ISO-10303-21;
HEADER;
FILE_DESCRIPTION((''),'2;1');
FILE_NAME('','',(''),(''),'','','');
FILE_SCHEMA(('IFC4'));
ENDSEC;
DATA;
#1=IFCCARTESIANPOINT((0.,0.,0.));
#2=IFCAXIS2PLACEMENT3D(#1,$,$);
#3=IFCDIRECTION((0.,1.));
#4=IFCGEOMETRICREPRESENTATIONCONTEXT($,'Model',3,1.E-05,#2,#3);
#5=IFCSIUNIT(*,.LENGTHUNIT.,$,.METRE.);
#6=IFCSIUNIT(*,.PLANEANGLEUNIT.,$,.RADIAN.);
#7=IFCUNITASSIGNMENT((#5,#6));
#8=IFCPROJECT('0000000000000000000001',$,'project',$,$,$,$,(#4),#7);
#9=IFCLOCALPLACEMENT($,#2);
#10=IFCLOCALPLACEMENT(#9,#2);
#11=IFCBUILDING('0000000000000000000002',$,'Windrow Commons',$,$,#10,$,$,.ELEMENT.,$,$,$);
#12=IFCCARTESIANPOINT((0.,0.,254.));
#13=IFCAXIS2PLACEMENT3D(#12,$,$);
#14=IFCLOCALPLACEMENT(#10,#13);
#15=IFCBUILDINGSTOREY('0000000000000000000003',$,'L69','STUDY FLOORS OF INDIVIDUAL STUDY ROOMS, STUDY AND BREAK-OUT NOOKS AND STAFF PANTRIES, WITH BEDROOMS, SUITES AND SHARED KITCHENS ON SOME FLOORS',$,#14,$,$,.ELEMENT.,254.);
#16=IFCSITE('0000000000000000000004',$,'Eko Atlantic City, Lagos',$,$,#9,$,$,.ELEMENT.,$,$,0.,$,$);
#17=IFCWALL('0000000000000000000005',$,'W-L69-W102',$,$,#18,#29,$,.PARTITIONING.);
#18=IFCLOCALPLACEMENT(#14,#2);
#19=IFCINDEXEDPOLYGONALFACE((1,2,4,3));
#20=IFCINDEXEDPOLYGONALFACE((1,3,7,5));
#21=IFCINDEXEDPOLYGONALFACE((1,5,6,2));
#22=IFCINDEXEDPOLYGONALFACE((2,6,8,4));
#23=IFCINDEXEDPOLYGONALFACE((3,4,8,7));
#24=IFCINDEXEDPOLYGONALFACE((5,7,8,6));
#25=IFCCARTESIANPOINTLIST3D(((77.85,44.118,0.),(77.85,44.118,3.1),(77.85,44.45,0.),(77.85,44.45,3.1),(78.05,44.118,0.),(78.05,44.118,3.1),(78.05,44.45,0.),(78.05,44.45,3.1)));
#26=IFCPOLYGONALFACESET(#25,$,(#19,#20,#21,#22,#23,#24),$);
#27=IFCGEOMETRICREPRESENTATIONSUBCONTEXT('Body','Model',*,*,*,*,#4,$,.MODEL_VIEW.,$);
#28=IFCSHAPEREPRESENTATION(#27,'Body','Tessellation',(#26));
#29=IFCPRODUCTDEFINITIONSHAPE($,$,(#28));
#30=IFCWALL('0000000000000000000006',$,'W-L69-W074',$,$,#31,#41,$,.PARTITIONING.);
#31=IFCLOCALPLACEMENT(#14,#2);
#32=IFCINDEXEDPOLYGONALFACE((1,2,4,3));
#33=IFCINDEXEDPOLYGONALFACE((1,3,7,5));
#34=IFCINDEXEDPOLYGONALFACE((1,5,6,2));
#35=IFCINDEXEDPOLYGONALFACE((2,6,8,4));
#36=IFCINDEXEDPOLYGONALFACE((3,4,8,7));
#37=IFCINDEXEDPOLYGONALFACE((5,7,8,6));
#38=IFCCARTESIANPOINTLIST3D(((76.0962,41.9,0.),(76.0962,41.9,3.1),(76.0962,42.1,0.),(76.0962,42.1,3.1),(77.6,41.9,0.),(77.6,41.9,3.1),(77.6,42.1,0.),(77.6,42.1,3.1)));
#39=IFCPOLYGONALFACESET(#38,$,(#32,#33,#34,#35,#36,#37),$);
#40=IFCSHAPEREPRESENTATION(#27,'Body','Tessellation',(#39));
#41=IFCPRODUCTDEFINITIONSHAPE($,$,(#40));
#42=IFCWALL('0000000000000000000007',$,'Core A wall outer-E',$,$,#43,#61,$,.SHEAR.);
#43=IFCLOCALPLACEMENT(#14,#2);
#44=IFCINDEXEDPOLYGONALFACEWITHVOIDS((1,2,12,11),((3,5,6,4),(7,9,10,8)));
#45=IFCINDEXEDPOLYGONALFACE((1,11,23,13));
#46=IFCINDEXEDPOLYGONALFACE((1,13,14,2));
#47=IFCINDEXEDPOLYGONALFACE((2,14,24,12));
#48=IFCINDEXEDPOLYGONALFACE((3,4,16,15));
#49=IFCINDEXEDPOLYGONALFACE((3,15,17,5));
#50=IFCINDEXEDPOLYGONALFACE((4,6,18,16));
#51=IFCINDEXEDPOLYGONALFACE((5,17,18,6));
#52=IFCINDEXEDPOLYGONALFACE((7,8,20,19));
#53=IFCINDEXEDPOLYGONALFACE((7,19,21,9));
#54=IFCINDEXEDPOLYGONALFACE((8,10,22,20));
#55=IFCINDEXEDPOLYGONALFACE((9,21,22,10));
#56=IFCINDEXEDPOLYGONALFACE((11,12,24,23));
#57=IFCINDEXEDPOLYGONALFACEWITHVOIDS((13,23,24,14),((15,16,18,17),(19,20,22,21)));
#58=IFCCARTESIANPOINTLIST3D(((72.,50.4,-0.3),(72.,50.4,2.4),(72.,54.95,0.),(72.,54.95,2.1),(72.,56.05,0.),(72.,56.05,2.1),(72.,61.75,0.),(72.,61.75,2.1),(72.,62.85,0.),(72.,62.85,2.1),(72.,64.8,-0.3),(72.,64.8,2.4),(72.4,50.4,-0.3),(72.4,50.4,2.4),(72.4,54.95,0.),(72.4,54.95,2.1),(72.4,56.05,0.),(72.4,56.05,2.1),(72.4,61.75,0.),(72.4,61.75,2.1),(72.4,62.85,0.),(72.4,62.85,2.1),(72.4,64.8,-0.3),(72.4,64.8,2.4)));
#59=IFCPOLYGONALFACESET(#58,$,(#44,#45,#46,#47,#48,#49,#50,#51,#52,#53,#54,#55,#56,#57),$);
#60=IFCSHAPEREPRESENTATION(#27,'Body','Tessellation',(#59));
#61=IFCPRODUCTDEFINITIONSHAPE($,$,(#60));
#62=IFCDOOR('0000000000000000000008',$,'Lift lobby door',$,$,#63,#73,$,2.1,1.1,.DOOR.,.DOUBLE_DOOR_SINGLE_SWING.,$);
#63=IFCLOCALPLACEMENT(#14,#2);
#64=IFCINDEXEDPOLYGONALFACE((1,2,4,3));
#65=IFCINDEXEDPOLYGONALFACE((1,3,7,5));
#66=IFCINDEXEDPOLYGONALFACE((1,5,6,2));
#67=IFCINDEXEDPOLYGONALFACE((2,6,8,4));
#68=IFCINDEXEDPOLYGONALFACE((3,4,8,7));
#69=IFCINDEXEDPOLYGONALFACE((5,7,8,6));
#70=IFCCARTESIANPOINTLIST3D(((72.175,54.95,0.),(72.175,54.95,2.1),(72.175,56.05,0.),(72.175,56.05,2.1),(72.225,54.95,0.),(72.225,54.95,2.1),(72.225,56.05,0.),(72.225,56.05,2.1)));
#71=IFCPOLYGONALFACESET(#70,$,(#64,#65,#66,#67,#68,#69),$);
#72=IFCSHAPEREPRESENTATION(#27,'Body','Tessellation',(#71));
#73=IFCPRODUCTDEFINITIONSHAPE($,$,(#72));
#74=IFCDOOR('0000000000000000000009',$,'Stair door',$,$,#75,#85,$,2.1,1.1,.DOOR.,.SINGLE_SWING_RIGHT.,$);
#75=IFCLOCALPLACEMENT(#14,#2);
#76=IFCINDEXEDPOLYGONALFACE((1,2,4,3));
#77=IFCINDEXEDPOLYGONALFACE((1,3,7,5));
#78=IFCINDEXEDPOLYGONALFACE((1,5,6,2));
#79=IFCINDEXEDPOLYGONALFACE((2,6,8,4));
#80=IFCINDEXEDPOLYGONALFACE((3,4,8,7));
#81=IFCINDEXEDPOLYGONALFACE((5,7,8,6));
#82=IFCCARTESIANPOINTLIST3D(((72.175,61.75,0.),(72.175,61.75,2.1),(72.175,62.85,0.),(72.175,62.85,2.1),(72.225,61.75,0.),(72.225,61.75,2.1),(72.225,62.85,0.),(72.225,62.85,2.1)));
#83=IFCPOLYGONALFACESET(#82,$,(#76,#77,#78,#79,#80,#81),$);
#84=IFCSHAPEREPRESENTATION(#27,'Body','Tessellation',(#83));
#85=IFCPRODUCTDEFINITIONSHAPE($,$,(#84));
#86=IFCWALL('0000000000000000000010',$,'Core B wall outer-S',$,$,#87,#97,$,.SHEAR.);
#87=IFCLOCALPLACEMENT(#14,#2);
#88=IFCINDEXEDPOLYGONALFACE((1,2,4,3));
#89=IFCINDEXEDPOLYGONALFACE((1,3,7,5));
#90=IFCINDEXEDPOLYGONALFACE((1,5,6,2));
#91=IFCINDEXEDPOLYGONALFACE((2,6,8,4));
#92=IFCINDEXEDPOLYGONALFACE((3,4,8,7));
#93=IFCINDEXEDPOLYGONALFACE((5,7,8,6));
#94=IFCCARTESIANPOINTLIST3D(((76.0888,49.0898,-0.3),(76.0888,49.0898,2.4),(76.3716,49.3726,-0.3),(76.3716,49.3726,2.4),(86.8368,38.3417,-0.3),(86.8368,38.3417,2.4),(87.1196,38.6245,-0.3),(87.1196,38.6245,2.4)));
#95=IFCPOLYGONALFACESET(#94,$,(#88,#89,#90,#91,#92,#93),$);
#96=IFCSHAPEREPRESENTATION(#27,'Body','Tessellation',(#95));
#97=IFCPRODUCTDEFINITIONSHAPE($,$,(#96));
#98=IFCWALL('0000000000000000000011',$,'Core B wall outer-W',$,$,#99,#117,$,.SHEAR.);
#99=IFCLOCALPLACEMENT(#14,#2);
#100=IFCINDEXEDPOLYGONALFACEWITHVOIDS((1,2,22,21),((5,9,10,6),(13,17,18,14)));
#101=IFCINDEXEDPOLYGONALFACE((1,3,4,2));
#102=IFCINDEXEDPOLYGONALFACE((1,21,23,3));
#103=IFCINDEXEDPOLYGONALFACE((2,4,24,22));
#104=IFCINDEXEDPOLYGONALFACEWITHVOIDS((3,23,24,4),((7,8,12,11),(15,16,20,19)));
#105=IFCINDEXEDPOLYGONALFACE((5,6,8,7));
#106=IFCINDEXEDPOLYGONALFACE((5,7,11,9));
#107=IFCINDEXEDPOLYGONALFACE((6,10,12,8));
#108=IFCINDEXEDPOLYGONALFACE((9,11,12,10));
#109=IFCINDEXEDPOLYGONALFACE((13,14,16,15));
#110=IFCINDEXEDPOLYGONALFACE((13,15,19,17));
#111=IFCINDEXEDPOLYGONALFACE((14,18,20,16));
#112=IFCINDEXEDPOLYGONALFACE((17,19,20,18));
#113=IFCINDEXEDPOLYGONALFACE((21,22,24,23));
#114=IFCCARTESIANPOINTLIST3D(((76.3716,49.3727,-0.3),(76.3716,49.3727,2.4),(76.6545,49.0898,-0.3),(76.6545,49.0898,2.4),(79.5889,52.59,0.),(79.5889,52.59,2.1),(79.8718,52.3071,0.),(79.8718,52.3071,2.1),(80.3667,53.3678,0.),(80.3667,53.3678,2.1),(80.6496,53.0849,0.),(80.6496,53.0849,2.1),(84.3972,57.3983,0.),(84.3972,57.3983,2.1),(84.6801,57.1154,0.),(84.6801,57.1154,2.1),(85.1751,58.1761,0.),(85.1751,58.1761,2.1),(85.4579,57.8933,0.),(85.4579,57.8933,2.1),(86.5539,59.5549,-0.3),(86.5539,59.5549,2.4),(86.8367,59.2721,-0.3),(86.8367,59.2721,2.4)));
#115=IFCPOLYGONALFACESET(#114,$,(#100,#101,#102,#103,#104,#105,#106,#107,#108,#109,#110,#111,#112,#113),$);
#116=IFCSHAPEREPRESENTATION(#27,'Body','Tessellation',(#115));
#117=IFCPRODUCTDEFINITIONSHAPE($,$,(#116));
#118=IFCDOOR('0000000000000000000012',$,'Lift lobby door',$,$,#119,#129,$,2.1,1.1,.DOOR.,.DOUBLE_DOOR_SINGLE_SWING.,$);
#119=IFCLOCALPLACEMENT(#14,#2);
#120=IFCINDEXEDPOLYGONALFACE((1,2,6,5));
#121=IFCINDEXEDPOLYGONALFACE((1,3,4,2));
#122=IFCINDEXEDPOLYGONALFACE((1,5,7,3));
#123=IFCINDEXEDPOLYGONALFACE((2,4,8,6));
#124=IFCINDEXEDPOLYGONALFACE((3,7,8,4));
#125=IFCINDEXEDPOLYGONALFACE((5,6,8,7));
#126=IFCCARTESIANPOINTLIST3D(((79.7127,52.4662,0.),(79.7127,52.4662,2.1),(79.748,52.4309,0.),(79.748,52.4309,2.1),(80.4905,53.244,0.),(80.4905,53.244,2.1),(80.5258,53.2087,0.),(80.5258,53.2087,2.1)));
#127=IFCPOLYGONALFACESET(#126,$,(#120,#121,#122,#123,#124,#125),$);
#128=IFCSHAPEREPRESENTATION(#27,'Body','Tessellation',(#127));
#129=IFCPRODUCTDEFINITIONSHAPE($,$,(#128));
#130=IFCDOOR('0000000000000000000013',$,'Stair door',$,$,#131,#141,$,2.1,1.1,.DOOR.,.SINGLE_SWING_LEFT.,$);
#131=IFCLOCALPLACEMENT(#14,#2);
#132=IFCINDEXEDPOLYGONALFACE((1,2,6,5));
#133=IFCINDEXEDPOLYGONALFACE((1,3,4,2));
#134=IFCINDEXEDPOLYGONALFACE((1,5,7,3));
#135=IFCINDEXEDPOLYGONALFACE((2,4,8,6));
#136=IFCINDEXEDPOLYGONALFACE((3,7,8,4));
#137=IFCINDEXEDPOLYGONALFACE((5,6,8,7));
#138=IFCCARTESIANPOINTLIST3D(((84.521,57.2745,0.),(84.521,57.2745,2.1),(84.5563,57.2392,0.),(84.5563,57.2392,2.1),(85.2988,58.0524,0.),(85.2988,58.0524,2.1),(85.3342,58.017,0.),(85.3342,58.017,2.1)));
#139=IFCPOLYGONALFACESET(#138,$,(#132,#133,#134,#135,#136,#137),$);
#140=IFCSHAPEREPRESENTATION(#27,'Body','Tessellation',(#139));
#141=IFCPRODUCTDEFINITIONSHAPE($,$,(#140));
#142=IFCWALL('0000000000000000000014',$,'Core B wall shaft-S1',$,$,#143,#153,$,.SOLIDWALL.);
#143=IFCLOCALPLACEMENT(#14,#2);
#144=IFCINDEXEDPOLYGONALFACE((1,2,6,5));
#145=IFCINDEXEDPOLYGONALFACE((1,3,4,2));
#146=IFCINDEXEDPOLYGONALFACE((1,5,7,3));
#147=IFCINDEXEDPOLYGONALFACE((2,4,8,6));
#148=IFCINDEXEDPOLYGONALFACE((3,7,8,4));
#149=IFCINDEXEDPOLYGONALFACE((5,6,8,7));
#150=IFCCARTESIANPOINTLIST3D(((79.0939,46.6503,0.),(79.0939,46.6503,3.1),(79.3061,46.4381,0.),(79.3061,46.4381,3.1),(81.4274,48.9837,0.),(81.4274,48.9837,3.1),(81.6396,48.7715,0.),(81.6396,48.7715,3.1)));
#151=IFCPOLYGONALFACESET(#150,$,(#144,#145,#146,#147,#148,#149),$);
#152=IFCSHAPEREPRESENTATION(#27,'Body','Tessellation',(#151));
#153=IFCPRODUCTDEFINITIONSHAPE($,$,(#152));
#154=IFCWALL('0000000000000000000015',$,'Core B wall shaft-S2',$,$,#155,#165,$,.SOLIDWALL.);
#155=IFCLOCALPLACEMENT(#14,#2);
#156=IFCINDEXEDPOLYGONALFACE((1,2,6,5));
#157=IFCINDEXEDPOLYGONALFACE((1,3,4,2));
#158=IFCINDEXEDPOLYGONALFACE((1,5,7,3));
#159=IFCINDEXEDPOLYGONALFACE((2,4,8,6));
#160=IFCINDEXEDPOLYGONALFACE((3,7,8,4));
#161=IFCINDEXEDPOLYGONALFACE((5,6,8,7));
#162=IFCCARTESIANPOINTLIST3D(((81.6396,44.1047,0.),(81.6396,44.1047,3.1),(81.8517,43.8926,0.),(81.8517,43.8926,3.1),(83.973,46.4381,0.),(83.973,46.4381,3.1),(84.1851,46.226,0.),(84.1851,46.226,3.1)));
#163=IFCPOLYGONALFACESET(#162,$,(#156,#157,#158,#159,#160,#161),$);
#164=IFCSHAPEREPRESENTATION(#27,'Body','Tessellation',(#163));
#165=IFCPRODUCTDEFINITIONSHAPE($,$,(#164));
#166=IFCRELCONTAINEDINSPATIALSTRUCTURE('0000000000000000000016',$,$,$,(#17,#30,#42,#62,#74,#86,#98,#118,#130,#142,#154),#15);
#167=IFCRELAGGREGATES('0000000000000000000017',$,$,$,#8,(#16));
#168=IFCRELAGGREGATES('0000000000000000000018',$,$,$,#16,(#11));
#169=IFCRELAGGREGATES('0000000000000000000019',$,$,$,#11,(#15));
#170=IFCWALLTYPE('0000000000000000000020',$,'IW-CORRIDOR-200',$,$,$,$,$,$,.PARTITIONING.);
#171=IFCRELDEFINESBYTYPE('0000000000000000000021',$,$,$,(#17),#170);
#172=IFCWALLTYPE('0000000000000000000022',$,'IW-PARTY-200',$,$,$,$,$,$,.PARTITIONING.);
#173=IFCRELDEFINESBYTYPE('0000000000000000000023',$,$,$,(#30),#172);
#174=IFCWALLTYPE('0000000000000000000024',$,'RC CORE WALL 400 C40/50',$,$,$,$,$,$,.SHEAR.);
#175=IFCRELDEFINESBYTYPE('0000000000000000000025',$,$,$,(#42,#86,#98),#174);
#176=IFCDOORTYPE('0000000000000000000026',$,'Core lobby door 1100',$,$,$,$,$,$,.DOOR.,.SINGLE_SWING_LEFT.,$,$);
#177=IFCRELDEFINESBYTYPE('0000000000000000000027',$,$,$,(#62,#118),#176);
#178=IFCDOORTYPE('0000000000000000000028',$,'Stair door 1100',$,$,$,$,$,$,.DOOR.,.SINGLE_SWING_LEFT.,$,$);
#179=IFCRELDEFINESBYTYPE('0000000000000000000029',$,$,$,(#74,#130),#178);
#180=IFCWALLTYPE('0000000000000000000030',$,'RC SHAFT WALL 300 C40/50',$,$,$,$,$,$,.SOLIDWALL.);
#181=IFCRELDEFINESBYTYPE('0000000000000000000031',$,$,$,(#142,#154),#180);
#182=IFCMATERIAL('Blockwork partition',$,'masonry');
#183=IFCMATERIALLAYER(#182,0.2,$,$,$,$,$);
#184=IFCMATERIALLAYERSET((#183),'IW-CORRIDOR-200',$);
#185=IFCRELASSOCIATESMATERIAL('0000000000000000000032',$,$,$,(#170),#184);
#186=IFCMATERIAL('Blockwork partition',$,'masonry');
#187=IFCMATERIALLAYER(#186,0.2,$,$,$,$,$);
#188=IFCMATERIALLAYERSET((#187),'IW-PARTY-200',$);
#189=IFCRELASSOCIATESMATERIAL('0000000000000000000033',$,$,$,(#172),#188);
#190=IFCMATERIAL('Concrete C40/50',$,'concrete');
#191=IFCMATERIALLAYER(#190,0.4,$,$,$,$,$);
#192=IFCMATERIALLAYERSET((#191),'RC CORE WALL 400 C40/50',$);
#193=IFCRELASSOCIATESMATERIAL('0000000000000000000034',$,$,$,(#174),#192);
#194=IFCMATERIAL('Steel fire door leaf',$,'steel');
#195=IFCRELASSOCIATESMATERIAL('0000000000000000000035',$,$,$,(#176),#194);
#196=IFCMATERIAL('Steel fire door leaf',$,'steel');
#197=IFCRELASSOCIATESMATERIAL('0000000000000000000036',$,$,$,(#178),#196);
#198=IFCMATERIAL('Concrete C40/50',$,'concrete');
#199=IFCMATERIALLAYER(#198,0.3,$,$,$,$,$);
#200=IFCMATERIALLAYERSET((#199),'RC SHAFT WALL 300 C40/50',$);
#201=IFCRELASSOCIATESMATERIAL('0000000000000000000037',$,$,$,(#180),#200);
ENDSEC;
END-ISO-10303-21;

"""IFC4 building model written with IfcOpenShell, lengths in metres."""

from ifc_helpers import new_model, si_unit, direction, frame, frame_2d, origin, place, context, subcontext, project, spatial, rectangle, extrude, material, layer, layer_set, type_object, element, fill, save


model = new_model("IFC4")

# Units and contexts
model_context = context("Model", 3, precision=1e-05, world=origin(), true_north=direction((0.0, 1.0)))
body_context = subcontext(model_context, "Body", "Model", "MODEL_VIEW")
ifc_project = project(units=[si_unit("LENGTHUNIT", "METRE"), si_unit("PLANEANGLEUNIT", "RADIAN")], contexts=[model_context])

# Site, building, storey
site_placement = place(None, origin())
site = spatial("IfcSite", under=ifc_project, at=site_placement, Name="Eko Atlantic City, Lagos", CompositionType="ELEMENT", RefElevation=0.0)
building_placement = place(site_placement, origin())
building = spatial("IfcBuilding", under=site, at=building_placement, Name="Windrow Commons", CompositionType="ELEMENT")
storey_placement = place(building_placement, frame((0.0, 0.0, 254.0)))
storey = spatial("IfcBuildingStorey", under=building, at=storey_placement, Name="L69", Description="STUDY FLOORS OF INDIVIDUAL STUDY ROOMS, STUDY AND BREAK-OUT NOOKS AND STAFF PANTRIES, WITH BEDROOMS, SUITES AND SHARED KITCHENS ON SOME FLOORS", CompositionType="ELEMENT", Elevation=254.0)

# Shared definitions
ifc_material_1 = material(Name="Blockwork partition", Category="masonry")
ifc_layer_1 = layer(ifc_material_1, 0.2)
ifc_layer_set_1 = layer_set([ifc_layer_1], Name="IW-CORRIDOR-200")
wall_type_1 = type_object("IfcWallType", Name="IW-CORRIDOR-200", PredefinedType="PARTITIONING", material=ifc_layer_set_1)

# Walls
wall_1_placement = place(storey_placement, frame((77.95, 44.118, 0.0), z_axis=(0.0, 0.0, 1.0), x_axis=(0.0, 1.0, 0.0)))
element("IfcWall", 1, at=wall_1_placement, inside=storey, type_object=wall_type_1, Name="W-L69-W102", PredefinedType="PARTITIONING", context=body_context, shape_type="SweptSolid", body=[
    extrude(rectangle(XDim=0.332, YDim=0.2, at=frame_2d((0.166, 0.0))), origin(), (0.0, 0.0, 1.0), 3.1),
])
ifc_material_2 = material(Name="Blockwork partition", Category="masonry")
ifc_layer_2 = layer(ifc_material_2, 0.2)
ifc_layer_set_2 = layer_set([ifc_layer_2], Name="IW-PARTY-200")
wall_type_2 = type_object("IfcWallType", Name="IW-PARTY-200", PredefinedType="PARTITIONING", material=ifc_layer_set_2)
wall_2_placement = place(storey_placement, frame((76.0962, 42.0, 0.0), z_axis=(0.0, 0.0, 1.0), x_axis=(1.0, 0.0, 0.0)))
element("IfcWall", 2, at=wall_2_placement, inside=storey, type_object=wall_type_2, Name="W-L69-W074", PredefinedType="PARTITIONING", context=body_context, shape_type="SweptSolid", body=[
    extrude(rectangle(XDim=1.5038, YDim=0.2, at=frame_2d((0.7519, 0.0))), origin(), (0.0, 0.0, 1.0), 3.1),
])

# Wall, openings, doors
ifc_material_3 = material(Name="Concrete C40/50", Category="concrete")
ifc_layer_3 = layer(ifc_material_3, 0.4)
ifc_layer_set_3 = layer_set([ifc_layer_3], Name="RC CORE WALL 400 C40/50")
wall_type_3 = type_object("IfcWallType", Name="RC CORE WALL 400 C40/50", PredefinedType="SHEAR", material=ifc_layer_set_3)
wall_3_placement = place(storey_placement, frame((72.2, 50.4, -0.3), z_axis=(0.0, 0.0, 1.0), x_axis=(0.0, 1.0, 0.0)))
wall_3 = element("IfcWall", 3, at=wall_3_placement, inside=storey, type_object=wall_type_3, Name="Core A wall outer-E", PredefinedType="SHEAR", context=body_context, shape_type="SweptSolid", body=[
    extrude(rectangle(XDim=14.4, YDim=0.4, at=frame_2d((7.2, 0.0))), origin(), (0.0, 0.0, 1.0), 2.7),
])
opening_1_placement = place(wall_3_placement, frame((4.55, 0.0, 0.3)))
opening_1 = element("IfcOpeningElement", 4, at=opening_1_placement, cuts=wall_3, PredefinedType="OPENING", context=body_context, shape_type="SweptSolid", body=[
    extrude(rectangle(XDim=1.1, YDim=2.1, at=frame_2d((0.55, 1.05))), frame((0.0, 0.21, 0.0), z_axis=(0.0, -1.0, 0.0), x_axis=(1.0, 0.0, 0.0)), (0.0, 0.0, 1.0), 0.42),
])
opening_2_placement = place(wall_3_placement, frame((11.35, 0.0, 0.3)))
opening_2 = element("IfcOpeningElement", 5, at=opening_2_placement, cuts=wall_3, PredefinedType="OPENING", context=body_context, shape_type="SweptSolid", body=[
    extrude(rectangle(XDim=1.1, YDim=2.1, at=frame_2d((0.55, 1.05))), frame((0.0, 0.21, 0.0), z_axis=(0.0, -1.0, 0.0), x_axis=(1.0, 0.0, 0.0)), (0.0, 0.0, 1.0), 0.42),
])
ifc_material_4 = material(Name="Steel fire door leaf", Category="steel")
door_type_1 = type_object("IfcDoorType", Name="Core lobby door 1100", OperationType="SINGLE_SWING_LEFT", PredefinedType="DOOR", material=ifc_material_4)
door_1_placement = place(opening_1_placement, origin())
door_1 = element("IfcDoor", 6, at=door_1_placement, inside=storey, type_object=door_type_1, Name="Lift lobby door", OperationType="DOUBLE_DOOR_SINGLE_SWING", OverallHeight=2.1, OverallWidth=1.1, PredefinedType="DOOR", context=body_context, shape_type="SweptSolid", body=[
    extrude(rectangle(XDim=1.1, YDim=2.1, at=frame_2d((0.55, 1.05))), frame((0.0, 0.025, 0.0), z_axis=(0.0, -1.0, 0.0), x_axis=(1.0, 0.0, 0.0)), (0.0, 0.0, 1.0), 0.05),
])
fill(opening_1, door_1)
ifc_material_5 = material(Name="Steel fire door leaf", Category="steel")
door_type_2 = type_object("IfcDoorType", Name="Stair door 1100", OperationType="SINGLE_SWING_LEFT", PredefinedType="DOOR", material=ifc_material_5)
door_2_placement = place(opening_2_placement, origin())
door_2 = element("IfcDoor", 7, at=door_2_placement, inside=storey, type_object=door_type_2, Name="Stair door", OperationType="SINGLE_SWING_RIGHT", OverallHeight=2.1, OverallWidth=1.1, PredefinedType="DOOR", context=body_context, shape_type="SweptSolid", body=[
    extrude(rectangle(XDim=1.1, YDim=2.1, at=frame_2d((0.55, 1.05))), frame((0.0, 0.025, 0.0), z_axis=(0.0, -1.0, 0.0), x_axis=(1.0, 0.0, 0.0)), (0.0, 0.0, 1.0), 0.05),
])
fill(opening_2, door_2)

# Wall
wall_4_placement = place(storey_placement, frame((76.2302, 49.2312, -0.3), z_axis=(0.0, 0.0, 1.0), x_axis=(0.707103, -0.70711, 0.0)))
element("IfcWall", 8, at=wall_4_placement, inside=storey, type_object=wall_type_3, Name="Core B wall outer-S", PredefinedType="SHEAR", context=body_context, shape_type="SweptSolid", body=[
    extrude(rectangle(XDim=15.2, YDim=0.4, at=frame_2d((7.6, 0.0))), origin(), (0.0, 0.0, 1.0), 2.7),
])

# Wall, openings, doors
wall_5_placement = place(storey_placement, frame((76.513, 49.2312, -0.3), z_axis=(0.0, 0.0, 1.0), x_axis=(0.707107, 0.707107, 0.0)))
wall_5 = element("IfcWall", 9, at=wall_5_placement, inside=storey, type_object=wall_type_3, Name="Core B wall outer-W", PredefinedType="SHEAR", context=body_context, shape_type="SweptSolid", body=[
    extrude(rectangle(XDim=14.3999, YDim=0.4, at=frame_2d((7.2, 0.0))), origin(), (0.0, 0.0, 1.0), 2.7),
])
opening_3_placement = place(wall_5_placement, frame((4.55, 0.0, 0.3)))
opening_3 = element("IfcOpeningElement", 10, at=opening_3_placement, cuts=wall_5, PredefinedType="OPENING", context=body_context, shape_type="SweptSolid", body=[
    extrude(rectangle(XDim=1.1, YDim=2.1, at=frame_2d((0.55, 1.05))), frame((0.0, 0.21, 0.0), z_axis=(0.0, -1.0, 0.0), x_axis=(1.0, 0.0, 0.0)), (0.0, 0.0, 1.0), 0.42),
])
opening_4_placement = place(wall_5_placement, frame((11.35, 0.0, 0.3)))
opening_4 = element("IfcOpeningElement", 11, at=opening_4_placement, cuts=wall_5, PredefinedType="OPENING", context=body_context, shape_type="SweptSolid", body=[
    extrude(rectangle(XDim=1.1, YDim=2.1, at=frame_2d((0.55, 1.05))), frame((0.0, 0.21, 0.0), z_axis=(0.0, -1.0, 0.0), x_axis=(1.0, 0.0, 0.0)), (0.0, 0.0, 1.0), 0.42),
])
door_3_placement = place(opening_3_placement, origin())
door_3 = element("IfcDoor", 12, at=door_3_placement, inside=storey, type_object=door_type_1, Name="Lift lobby door", OperationType="DOUBLE_DOOR_SINGLE_SWING", OverallHeight=2.1, OverallWidth=1.1, PredefinedType="DOOR", context=body_context, shape_type="SweptSolid", body=[
    extrude(rectangle(XDim=1.1, YDim=2.1, at=frame_2d((0.55, 1.05))), frame((0.0, 0.025, 0.0), z_axis=(0.0, -1.0, 0.0), x_axis=(1.0, 0.0, 0.0)), (0.0, 0.0, 1.0), 0.05),
])
fill(opening_3, door_3)
door_4_placement = place(opening_4_placement, origin())
door_4 = element("IfcDoor", 13, at=door_4_placement, inside=storey, type_object=door_type_2, Name="Stair door", OperationType="SINGLE_SWING_LEFT", OverallHeight=2.1, OverallWidth=1.1, PredefinedType="DOOR", context=body_context, shape_type="SweptSolid", body=[
    extrude(rectangle(XDim=1.1, YDim=2.1, at=frame_2d((0.55, 1.05))), frame((0.0, 0.025, 0.0), z_axis=(0.0, -1.0, 0.0), x_axis=(1.0, 0.0, 0.0)), (0.0, 0.0, 1.0), 0.05),
])
fill(opening_4, door_4)

# Walls
ifc_material_6 = material(Name="Concrete C40/50", Category="concrete")
ifc_layer_4 = layer(ifc_material_6, 0.3)
ifc_layer_set_4 = layer_set([ifc_layer_4], Name="RC SHAFT WALL 300 C40/50")
wall_type_4 = type_object("IfcWallType", Name="RC SHAFT WALL 300 C40/50", PredefinedType="SOLIDWALL", material=ifc_layer_set_4)
wall_6_placement = place(storey_placement, frame((79.2, 46.5442, 0.0), z_axis=(0.0, 0.0, 1.0), x_axis=(0.707122, 0.707092, 0.0)))
element("IfcWall", 14, at=wall_6_placement, inside=storey, type_object=wall_type_4, Name="Core B wall shaft-S1", PredefinedType="SOLIDWALL", context=body_context, shape_type="SweptSolid", body=[
    extrude(rectangle(XDim=3.3, YDim=0.3, at=frame_2d((1.65, 0.0))), origin(), (0.0, 0.0, 1.0), 3.1),
])
wall_7_placement = place(storey_placement, frame((81.7456, 43.9986, 0.0), z_axis=(0.0, 0.0, 1.0), x_axis=(0.707107, 0.707107, 0.0)))
element("IfcWall", 15, at=wall_7_placement, inside=storey, type_object=wall_type_4, Name="Core B wall shaft-S2", PredefinedType="SOLIDWALL", context=body_context, shape_type="SweptSolid", body=[
    extrude(rectangle(XDim=3.2999, YDim=0.3, at=frame_2d((1.65, 0.0))), origin(), (0.0, 0.0, 1.0), 3.1),
])

save(model, "model.ifc")
